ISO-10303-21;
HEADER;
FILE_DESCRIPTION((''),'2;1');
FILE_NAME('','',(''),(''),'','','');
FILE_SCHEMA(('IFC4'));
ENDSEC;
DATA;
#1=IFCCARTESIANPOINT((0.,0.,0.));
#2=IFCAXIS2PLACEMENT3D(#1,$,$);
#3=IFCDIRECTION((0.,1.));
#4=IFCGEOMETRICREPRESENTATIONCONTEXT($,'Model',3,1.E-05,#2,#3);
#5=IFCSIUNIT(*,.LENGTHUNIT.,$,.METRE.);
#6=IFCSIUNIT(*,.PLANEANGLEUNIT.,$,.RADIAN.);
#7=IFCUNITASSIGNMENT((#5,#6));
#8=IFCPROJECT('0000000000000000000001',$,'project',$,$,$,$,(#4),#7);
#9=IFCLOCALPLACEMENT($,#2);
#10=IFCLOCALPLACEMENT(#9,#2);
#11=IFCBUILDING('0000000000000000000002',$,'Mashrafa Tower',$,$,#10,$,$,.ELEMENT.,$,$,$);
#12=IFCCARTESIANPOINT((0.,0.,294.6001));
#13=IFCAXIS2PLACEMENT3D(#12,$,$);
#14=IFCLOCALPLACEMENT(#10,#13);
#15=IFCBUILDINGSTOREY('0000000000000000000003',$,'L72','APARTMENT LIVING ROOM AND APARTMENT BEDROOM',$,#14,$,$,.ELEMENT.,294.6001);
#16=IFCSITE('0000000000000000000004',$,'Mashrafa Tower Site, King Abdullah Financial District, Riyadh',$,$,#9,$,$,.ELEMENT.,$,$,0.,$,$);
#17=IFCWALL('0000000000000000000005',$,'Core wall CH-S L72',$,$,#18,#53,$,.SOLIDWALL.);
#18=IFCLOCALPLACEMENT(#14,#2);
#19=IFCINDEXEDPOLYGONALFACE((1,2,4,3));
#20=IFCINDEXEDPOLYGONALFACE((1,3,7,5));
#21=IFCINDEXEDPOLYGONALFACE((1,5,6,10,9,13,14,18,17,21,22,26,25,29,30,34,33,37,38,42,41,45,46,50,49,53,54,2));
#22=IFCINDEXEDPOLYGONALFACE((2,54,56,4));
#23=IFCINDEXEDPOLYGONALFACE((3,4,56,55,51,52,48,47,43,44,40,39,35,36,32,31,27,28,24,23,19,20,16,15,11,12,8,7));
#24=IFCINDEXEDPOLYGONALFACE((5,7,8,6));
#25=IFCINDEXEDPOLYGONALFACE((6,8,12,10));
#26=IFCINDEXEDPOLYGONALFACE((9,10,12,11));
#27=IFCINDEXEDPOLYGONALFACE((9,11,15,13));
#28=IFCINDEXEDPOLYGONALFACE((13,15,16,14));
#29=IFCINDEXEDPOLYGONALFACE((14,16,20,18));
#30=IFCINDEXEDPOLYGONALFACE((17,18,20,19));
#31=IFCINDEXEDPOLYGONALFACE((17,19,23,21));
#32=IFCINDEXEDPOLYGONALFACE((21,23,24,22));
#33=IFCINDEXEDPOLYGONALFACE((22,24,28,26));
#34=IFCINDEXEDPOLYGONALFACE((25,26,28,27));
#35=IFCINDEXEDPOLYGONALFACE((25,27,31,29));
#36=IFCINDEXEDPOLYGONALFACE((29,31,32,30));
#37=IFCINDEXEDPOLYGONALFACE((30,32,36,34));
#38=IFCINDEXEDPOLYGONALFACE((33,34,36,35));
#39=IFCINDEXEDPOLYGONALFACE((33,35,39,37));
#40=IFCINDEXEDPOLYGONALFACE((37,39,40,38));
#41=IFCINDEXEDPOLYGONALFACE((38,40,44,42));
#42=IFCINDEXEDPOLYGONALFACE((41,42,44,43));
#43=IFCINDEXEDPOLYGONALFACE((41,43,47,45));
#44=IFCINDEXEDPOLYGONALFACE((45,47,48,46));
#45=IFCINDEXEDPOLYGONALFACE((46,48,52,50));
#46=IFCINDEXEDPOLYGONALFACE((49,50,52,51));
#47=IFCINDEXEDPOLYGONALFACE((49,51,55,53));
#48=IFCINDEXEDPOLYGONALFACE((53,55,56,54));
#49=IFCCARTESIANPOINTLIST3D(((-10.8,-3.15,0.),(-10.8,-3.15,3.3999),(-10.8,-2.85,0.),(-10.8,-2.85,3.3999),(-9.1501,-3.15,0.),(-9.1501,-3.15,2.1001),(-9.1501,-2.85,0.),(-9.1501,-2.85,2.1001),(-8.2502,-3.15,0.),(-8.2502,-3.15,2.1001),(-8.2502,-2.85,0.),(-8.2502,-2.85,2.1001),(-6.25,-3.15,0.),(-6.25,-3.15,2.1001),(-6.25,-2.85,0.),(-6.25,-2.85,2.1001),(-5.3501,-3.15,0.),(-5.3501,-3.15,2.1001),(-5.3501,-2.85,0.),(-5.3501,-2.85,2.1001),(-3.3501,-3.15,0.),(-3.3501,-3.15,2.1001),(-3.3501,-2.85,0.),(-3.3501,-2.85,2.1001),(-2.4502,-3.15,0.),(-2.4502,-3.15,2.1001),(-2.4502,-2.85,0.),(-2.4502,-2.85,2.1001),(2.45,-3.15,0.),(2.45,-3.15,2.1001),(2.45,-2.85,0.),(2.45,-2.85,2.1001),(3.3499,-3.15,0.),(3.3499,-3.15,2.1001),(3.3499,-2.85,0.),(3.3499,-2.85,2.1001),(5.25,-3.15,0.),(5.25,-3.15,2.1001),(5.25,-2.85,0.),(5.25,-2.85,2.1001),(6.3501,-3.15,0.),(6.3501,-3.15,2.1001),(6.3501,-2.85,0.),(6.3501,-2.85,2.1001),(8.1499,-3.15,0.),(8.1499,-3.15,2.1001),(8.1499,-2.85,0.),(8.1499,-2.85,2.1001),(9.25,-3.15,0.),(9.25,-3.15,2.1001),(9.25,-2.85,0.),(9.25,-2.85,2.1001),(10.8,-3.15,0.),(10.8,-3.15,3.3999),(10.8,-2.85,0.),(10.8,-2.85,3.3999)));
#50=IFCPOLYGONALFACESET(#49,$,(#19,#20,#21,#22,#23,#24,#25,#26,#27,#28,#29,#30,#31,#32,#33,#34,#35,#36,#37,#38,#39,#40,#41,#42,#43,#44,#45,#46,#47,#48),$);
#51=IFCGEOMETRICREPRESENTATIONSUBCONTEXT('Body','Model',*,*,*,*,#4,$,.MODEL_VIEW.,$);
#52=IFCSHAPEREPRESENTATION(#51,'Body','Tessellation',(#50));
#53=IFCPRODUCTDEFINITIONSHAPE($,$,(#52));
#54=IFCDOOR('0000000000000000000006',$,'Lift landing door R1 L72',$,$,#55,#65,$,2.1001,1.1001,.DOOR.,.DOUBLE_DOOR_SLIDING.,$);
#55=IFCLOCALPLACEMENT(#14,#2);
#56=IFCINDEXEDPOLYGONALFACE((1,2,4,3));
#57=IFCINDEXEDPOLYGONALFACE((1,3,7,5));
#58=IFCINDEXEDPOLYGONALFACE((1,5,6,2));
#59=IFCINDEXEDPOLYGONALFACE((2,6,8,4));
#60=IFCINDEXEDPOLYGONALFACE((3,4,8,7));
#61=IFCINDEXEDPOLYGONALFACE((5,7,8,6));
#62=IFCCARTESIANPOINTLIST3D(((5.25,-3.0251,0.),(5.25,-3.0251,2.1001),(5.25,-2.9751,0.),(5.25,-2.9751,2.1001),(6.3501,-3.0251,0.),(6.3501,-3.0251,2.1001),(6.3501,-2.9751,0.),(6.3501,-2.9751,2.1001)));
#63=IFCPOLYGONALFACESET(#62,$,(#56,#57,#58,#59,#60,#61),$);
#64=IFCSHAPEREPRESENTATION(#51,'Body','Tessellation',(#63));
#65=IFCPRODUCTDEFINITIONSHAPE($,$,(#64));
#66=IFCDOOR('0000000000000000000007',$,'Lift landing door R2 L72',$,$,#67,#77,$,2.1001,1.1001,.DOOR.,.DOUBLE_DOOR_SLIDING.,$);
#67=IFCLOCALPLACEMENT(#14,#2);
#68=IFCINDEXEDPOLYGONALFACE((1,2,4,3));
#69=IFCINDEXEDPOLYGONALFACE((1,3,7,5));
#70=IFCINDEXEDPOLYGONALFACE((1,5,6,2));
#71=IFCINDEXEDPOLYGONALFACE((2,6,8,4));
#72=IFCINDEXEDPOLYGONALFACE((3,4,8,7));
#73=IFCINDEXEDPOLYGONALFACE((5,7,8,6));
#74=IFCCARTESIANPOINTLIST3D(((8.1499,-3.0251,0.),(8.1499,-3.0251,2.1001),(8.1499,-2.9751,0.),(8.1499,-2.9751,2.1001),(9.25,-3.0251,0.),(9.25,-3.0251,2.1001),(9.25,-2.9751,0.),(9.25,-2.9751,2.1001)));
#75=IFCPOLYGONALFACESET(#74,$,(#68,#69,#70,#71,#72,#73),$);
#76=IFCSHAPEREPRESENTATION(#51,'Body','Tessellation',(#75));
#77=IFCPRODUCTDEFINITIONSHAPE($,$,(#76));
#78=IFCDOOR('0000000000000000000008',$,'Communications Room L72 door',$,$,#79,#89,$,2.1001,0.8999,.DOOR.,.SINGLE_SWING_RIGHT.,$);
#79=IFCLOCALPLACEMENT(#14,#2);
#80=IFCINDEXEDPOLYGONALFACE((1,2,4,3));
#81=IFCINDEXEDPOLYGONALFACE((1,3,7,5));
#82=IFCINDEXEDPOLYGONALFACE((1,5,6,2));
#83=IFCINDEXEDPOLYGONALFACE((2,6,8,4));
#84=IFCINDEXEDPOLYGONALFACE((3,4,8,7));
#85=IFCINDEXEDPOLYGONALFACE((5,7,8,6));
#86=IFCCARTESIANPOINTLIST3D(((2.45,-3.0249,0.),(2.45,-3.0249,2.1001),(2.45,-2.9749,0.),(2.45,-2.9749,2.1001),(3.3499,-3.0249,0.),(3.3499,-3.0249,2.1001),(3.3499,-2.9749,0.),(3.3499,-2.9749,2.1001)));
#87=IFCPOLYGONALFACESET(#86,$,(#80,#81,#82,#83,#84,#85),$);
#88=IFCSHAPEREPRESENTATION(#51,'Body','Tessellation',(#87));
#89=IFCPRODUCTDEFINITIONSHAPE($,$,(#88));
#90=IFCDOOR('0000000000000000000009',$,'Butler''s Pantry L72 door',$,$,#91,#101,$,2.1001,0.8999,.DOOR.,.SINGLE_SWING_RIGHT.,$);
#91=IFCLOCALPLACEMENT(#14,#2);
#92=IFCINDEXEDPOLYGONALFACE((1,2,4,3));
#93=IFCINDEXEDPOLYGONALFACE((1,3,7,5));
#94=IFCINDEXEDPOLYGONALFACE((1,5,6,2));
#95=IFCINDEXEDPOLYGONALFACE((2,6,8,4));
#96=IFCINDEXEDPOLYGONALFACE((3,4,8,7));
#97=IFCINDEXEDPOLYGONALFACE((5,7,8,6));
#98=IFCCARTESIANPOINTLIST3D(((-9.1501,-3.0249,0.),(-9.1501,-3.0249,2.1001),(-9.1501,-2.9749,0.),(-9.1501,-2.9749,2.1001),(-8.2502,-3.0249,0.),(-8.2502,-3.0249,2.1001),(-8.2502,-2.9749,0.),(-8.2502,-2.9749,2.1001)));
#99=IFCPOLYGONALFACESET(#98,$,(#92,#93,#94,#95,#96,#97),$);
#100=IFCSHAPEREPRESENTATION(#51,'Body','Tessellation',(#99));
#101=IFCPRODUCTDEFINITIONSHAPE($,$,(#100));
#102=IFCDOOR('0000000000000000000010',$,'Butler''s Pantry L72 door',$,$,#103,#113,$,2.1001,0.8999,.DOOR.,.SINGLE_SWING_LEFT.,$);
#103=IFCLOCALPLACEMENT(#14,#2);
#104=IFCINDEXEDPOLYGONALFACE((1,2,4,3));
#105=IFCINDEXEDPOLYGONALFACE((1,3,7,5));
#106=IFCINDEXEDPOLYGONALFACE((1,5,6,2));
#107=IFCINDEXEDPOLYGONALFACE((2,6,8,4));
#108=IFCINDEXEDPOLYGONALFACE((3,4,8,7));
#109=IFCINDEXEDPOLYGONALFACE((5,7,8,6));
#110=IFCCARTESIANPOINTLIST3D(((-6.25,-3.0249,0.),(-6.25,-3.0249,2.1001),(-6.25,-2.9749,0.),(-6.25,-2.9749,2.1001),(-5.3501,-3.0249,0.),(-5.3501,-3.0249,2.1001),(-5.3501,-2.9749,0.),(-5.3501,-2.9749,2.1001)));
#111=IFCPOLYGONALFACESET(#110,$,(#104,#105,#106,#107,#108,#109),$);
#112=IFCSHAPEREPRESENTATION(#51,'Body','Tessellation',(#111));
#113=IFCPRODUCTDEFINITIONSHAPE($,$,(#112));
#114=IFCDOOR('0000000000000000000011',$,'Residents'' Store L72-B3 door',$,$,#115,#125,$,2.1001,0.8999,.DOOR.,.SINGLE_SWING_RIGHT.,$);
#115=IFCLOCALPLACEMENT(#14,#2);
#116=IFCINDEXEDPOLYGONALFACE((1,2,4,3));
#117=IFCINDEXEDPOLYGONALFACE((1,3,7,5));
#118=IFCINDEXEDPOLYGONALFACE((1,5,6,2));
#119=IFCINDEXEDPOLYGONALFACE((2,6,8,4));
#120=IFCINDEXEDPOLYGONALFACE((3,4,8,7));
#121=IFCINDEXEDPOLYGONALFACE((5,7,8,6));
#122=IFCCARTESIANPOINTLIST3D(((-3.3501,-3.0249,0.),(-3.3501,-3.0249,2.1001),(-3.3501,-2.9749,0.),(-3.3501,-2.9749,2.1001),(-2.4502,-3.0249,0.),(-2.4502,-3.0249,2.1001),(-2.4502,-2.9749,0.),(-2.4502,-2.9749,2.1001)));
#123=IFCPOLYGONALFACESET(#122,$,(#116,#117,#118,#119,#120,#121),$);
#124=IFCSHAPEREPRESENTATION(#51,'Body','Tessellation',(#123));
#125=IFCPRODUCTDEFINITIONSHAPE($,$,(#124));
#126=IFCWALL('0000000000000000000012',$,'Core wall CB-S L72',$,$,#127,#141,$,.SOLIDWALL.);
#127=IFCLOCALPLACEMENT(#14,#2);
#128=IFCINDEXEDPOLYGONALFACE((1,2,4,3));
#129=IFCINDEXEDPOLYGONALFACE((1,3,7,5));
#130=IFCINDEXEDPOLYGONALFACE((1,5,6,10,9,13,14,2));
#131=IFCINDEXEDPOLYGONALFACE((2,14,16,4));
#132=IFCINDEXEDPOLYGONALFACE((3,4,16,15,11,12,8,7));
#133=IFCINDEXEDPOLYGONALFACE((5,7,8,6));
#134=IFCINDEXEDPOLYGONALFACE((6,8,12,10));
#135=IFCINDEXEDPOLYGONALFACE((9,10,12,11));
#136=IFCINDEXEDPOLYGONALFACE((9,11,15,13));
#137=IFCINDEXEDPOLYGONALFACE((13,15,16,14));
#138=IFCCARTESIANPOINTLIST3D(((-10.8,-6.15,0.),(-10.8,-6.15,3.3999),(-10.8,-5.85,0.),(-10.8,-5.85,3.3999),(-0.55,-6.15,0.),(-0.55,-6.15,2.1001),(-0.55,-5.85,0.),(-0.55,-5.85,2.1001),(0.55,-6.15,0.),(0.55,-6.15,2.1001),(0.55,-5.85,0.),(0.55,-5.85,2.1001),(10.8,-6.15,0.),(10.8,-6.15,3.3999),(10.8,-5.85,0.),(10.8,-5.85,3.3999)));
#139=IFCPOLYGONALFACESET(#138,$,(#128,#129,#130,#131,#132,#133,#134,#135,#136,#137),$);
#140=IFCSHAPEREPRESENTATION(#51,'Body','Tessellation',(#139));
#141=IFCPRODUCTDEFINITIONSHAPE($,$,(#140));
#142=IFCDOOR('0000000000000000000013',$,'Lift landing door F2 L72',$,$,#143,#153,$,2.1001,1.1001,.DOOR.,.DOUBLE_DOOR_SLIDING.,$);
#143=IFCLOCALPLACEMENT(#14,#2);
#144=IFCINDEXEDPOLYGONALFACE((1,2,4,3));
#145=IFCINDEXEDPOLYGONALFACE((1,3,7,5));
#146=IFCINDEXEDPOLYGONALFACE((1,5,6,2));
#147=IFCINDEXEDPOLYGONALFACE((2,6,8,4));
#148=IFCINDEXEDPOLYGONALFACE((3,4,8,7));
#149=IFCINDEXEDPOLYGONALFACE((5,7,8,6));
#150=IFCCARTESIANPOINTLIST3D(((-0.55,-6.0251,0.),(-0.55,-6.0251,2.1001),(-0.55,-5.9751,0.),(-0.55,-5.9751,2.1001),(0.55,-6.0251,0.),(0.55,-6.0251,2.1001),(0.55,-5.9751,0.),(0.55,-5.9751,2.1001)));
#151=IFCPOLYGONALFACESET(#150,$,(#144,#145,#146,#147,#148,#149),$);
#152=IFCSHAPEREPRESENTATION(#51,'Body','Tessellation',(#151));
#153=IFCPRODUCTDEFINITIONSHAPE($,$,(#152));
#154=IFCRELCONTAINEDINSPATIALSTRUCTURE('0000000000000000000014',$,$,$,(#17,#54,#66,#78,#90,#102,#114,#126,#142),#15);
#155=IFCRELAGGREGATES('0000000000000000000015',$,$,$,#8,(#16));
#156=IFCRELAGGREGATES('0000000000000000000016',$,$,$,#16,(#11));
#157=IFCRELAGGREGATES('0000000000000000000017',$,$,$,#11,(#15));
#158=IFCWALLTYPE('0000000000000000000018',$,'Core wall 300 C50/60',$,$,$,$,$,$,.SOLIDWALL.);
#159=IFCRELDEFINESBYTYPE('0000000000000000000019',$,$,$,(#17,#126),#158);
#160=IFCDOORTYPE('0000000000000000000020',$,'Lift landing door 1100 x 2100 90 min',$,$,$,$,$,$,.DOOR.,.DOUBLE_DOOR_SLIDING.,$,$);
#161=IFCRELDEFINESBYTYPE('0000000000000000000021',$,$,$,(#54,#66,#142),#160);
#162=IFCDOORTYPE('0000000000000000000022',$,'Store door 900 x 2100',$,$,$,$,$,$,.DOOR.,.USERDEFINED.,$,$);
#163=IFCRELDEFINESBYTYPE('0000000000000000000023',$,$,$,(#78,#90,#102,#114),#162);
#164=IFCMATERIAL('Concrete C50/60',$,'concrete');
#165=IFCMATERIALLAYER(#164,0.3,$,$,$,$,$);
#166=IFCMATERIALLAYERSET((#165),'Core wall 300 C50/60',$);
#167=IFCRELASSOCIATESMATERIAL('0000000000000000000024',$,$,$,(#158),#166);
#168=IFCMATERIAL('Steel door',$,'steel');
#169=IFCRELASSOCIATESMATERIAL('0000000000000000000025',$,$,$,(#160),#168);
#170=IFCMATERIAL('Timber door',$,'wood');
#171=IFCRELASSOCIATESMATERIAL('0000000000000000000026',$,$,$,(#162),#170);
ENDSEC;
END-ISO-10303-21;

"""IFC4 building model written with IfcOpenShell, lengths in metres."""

from ifc_helpers import new_model, si_unit, direction, frame, frame_2d, origin, place, context, subcontext, project, spatial, rectangle, extrude, material, layer, layer_set, type_object, element, fill, save


model = new_model("IFC4")

# Units and contexts
model_context = context("Model", 3, precision=1e-05, world=origin(), true_north=direction((0.0, 1.0)))
body_context = subcontext(model_context, "Body", "Model", "MODEL_VIEW")
ifc_project = project(units=[si_unit("LENGTHUNIT", "METRE"), si_unit("PLANEANGLEUNIT", "RADIAN")], contexts=[model_context])

# Site, building, storey
site_placement = place(None, origin())
site = spatial("IfcSite", under=ifc_project, at=site_placement, Name="Mashrafa Tower Site, King Abdullah Financial District, Riyadh", CompositionType="ELEMENT", RefElevation=0.0)
building_placement = place(site_placement, origin())
building = spatial("IfcBuilding", under=site, at=building_placement, Name="Mashrafa Tower", CompositionType="ELEMENT")
storey_placement = place(building_placement, frame((0.0, 0.0, 294.6001)))
storey = spatial("IfcBuildingStorey", under=building, at=storey_placement, Name="L72", Description="APARTMENT LIVING ROOM AND APARTMENT BEDROOM", CompositionType="ELEMENT", Elevation=294.6001)

# Wall, openings, doors
ifc_material_1 = material(Name="Concrete C50/60", Category="concrete")
ifc_layer_1 = layer(ifc_material_1, 0.3)
ifc_layer_set_1 = layer_set([ifc_layer_1], Name="Core wall 300 C50/60")
wall_type_1 = type_object("IfcWallType", Name="Core wall 300 C50/60", PredefinedType="SOLIDWALL", material=ifc_layer_set_1)
wall_1_placement = place(storey_placement, frame((-10.8, -3.0, 0.0), z_axis=(0.0, 0.0, 1.0), x_axis=(1.0, 0.0, 0.0)))
wall_1 = element("IfcWall", 1, at=wall_1_placement, inside=storey, type_object=wall_type_1, Name="Core wall CH-S L72", PredefinedType="SOLIDWALL", context=body_context, shape_type="SweptSolid", body=[
    extrude(rectangle(XDim=21.6001, YDim=0.3, at=frame_2d((10.8, 0.0))), origin(), (0.0, 0.0, 1.0), 3.3999),
])
opening_1_placement = place(wall_1_placement, frame((13.25, 0.0, 0.0)))
opening_1 = element("IfcOpeningElement", 2, at=opening_1_placement, cuts=wall_1, PredefinedType="OPENING", context=body_context, shape_type="SweptSolid", body=[
    extrude(rectangle(XDim=0.8999, YDim=2.1001, at=frame_2d((0.45, 1.05))), frame((0.0, 0.1599, 0.0), z_axis=(0.0, -1.0, 0.0), x_axis=(1.0, 0.0, 0.0)), (0.0, 0.0, 1.0), 0.3201),
])
opening_2_placement = place(wall_1_placement, frame((1.6499, 0.0, 0.0)))
opening_2 = element("IfcOpeningElement", 3, at=opening_2_placement, cuts=wall_1, PredefinedType="OPENING", context=body_context, shape_type="SweptSolid", body=[
    extrude(rectangle(XDim=0.8999, YDim=2.1001, at=frame_2d((0.45, 1.05))), frame((0.0, 0.1599, 0.0), z_axis=(0.0, -1.0, 0.0), x_axis=(1.0, 0.0, 0.0)), (0.0, 0.0, 1.0), 0.3201),
])
opening_3_placement = place(wall_1_placement, frame((4.55, 0.0, 0.0)))
opening_3 = element("IfcOpeningElement", 4, at=opening_3_placement, cuts=wall_1, PredefinedType="OPENING", context=body_context, shape_type="SweptSolid", body=[
    extrude(rectangle(XDim=0.8999, YDim=2.1001, at=frame_2d((0.45, 1.05))), frame((0.0, 0.1599, 0.0), z_axis=(0.0, -1.0, 0.0), x_axis=(1.0, 0.0, 0.0)), (0.0, 0.0, 1.0), 0.3201),
])
opening_4_placement = place(wall_1_placement, frame((7.45, 0.0, 0.0)))
opening_4 = element("IfcOpeningElement", 5, at=opening_4_placement, cuts=wall_1, PredefinedType="OPENING", context=body_context, shape_type="SweptSolid", body=[
    extrude(rectangle(XDim=0.8999, YDim=2.1001, at=frame_2d((0.45, 1.05))), frame((0.0, 0.1599, 0.0), z_axis=(0.0, -1.0, 0.0), x_axis=(1.0, 0.0, 0.0)), (0.0, 0.0, 1.0), 0.3201),
])
opening_5_placement = place(wall_1_placement, frame((16.05, 0.0, 0.0)))
opening_5 = element("IfcOpeningElement", 6, at=opening_5_placement, cuts=wall_1, PredefinedType="OPENING", context=body_context, shape_type="SweptSolid", body=[
    extrude(rectangle(XDim=1.1001, YDim=2.1001, at=frame_2d((0.55, 1.05))), frame((0.0, 0.1599, 0.0), z_axis=(0.0, -1.0, 0.0), x_axis=(1.0, 0.0, 0.0)), (0.0, 0.0, 1.0), 0.3201),
])
opening_6_placement = place(wall_1_placement, frame((18.95, 0.0, 0.0)))
opening_6 = element("IfcOpeningElement", 7, at=opening_6_placement, cuts=wall_1, PredefinedType="OPENING", context=body_context, shape_type="SweptSolid", body=[
    extrude(rectangle(XDim=1.1001, YDim=2.1001, at=frame_2d((0.55, 1.05))), frame((0.0, 0.1599, 0.0), z_axis=(0.0, -1.0, 0.0), x_axis=(1.0, 0.0, 0.0)), (0.0, 0.0, 1.0), 0.3201),
])
ifc_material_2 = material(Name="Steel door", Category="steel")
door_type_1 = type_object("IfcDoorType", Name="Lift landing door 1100 x 2100 90 min", OperationType="DOUBLE_DOOR_SLIDING", PredefinedType="DOOR", material=ifc_material_2)
door_1_placement = place(opening_5_placement, origin())
door_1 = element("IfcDoor", 8, at=door_1_placement, inside=storey, type_object=door_type_1, Name="Lift landing door R1 L72", OperationType="DOUBLE_DOOR_SLIDING", OverallHeight=2.1001, OverallWidth=1.1001, PredefinedType="DOOR", context=body_context, shape_type="SweptSolid", body=[
    extrude(rectangle(XDim=1.1001, YDim=2.1001, at=frame_2d((0.55, 1.05))), frame((0.0, 0.0249, 0.0), z_axis=(0.0, -1.0, 0.0), x_axis=(1.0, 0.0, 0.0)), (0.0, 0.0, 1.0), 0.05),
])
fill(opening_5, door_1)
door_2_placement = place(opening_6_placement, origin())
door_2 = element("IfcDoor", 9, at=door_2_placement, inside=storey, type_object=door_type_1, Name="Lift landing door R2 L72", OperationType="DOUBLE_DOOR_SLIDING", OverallHeight=2.1001, OverallWidth=1.1001, PredefinedType="DOOR", context=body_context, shape_type="SweptSolid", body=[
    extrude(rectangle(XDim=1.1001, YDim=2.1001, at=frame_2d((0.55, 1.05))), frame((0.0, 0.0249, 0.0), z_axis=(0.0, -1.0, 0.0), x_axis=(1.0, 0.0, 0.0)), (0.0, 0.0, 1.0), 0.05),
])
fill(opening_6, door_2)
ifc_material_3 = material(Name="Timber door", Category="wood")
door_type_2 = type_object("IfcDoorType", Name="Store door 900 x 2100", OperationType="USERDEFINED", PredefinedType="DOOR", material=ifc_material_3)
door_3_placement = place(opening_1_placement, frame((0.8999, 0.0, 0.0), z_axis=(0.0, 0.0, 1.0), x_axis=(-1.0, 0.0, 0.0)))
door_3 = element("IfcDoor", 10, at=door_3_placement, inside=storey, type_object=door_type_2, Name="Communications Room L72 door", OperationType="SINGLE_SWING_RIGHT", OverallHeight=2.1001, OverallWidth=0.8999, PredefinedType="DOOR", context=body_context, shape_type="SweptSolid", body=[
    extrude(rectangle(XDim=0.8999, YDim=2.1001, at=frame_2d((0.45, 1.05))), frame((0.0, 0.0249, 0.0), z_axis=(0.0, -1.0, 0.0), x_axis=(1.0, 0.0, 0.0)), (0.0, 0.0, 1.0), 0.05),
])
fill(opening_1, door_3)
door_4_placement = place(opening_2_placement, frame((0.8999, 0.0, 0.0), z_axis=(0.0, 0.0, 1.0), x_axis=(-1.0, 0.0, 0.0)))
door_4 = element("IfcDoor", 11, at=door_4_placement, inside=storey, type_object=door_type_2, Name="Butler's Pantry L72 door", OperationType="SINGLE_SWING_RIGHT", OverallHeight=2.1001, OverallWidth=0.8999, PredefinedType="DOOR", context=body_context, shape_type="SweptSolid", body=[
    extrude(rectangle(XDim=0.8999, YDim=2.1001, at=frame_2d((0.45, 1.05))), frame((0.0, 0.0249, 0.0), z_axis=(0.0, -1.0, 0.0), x_axis=(1.0, 0.0, 0.0)), (0.0, 0.0, 1.0), 0.05),
])
fill(opening_2, door_4)
door_5_placement = place(opening_3_placement, frame((0.8999, 0.0, 0.0), z_axis=(0.0, 0.0, 1.0), x_axis=(-1.0, 0.0, 0.0)))
door_5 = element("IfcDoor", 12, at=door_5_placement, inside=storey, type_object=door_type_2, Name="Butler's Pantry L72 door", OperationType="SINGLE_SWING_LEFT", OverallHeight=2.1001, OverallWidth=0.8999, PredefinedType="DOOR", context=body_context, shape_type="SweptSolid", body=[
    extrude(rectangle(XDim=0.8999, YDim=2.1001, at=frame_2d((0.45, 1.05))), frame((0.0, 0.0249, 0.0), z_axis=(0.0, -1.0, 0.0), x_axis=(1.0, 0.0, 0.0)), (0.0, 0.0, 1.0), 0.05),
])
fill(opening_3, door_5)
door_6_placement = place(opening_4_placement, frame((0.8999, 0.0, 0.0), z_axis=(0.0, 0.0, 1.0), x_axis=(-1.0, 0.0, 0.0)))
door_6 = element("IfcDoor", 13, at=door_6_placement, inside=storey, type_object=door_type_2, Name="Residents' Store L72-B3 door", OperationType="SINGLE_SWING_RIGHT", OverallHeight=2.1001, OverallWidth=0.8999, PredefinedType="DOOR", context=body_context, shape_type="SweptSolid", body=[
    extrude(rectangle(XDim=0.8999, YDim=2.1001, at=frame_2d((0.45, 1.05))), frame((0.0, 0.0249, 0.0), z_axis=(0.0, -1.0, 0.0), x_axis=(1.0, 0.0, 0.0)), (0.0, 0.0, 1.0), 0.05),
])
fill(opening_4, door_6)

# Wall, opening, door
wall_2_placement = place(storey_placement, frame((-10.8, -6.0, 0.0), z_axis=(0.0, 0.0, 1.0), x_axis=(1.0, 0.0, 0.0)))
wall_2 = element("IfcWall", 14, at=wall_2_placement, inside=storey, type_object=wall_type_1, Name="Core wall CB-S L72", PredefinedType="SOLIDWALL", context=body_context, shape_type="SweptSolid", body=[
    extrude(rectangle(XDim=21.6001, YDim=0.3, at=frame_2d((10.8, 0.0))), origin(), (0.0, 0.0, 1.0), 3.3999),
])
opening_7_placement = place(wall_2_placement, frame((10.25, 0.0, 0.0)))
opening_7 = element("IfcOpeningElement", 15, at=opening_7_placement, cuts=wall_2, PredefinedType="OPENING", context=body_context, shape_type="SweptSolid", body=[
    extrude(rectangle(XDim=1.1001, YDim=2.1001, at=frame_2d((0.55, 1.05))), frame((0.0, 0.1599, 0.0), z_axis=(0.0, -1.0, 0.0), x_axis=(1.0, 0.0, 0.0)), (0.0, 0.0, 1.0), 0.3201),
])
door_7_placement = place(opening_7_placement, origin())
door_7 = element("IfcDoor", 16, at=door_7_placement, inside=storey, type_object=door_type_1, Name="Lift landing door F2 L72", OperationType="DOUBLE_DOOR_SLIDING", OverallHeight=2.1001, OverallWidth=1.1001, PredefinedType="DOOR", context=body_context, shape_type="SweptSolid", body=[
    extrude(rectangle(XDim=1.1001, YDim=2.1001, at=frame_2d((0.55, 1.05))), frame((0.0, 0.0249, 0.0), z_axis=(0.0, -1.0, 0.0), x_axis=(1.0, 0.0, 0.0)), (0.0, 0.0, 1.0), 0.05),
])
fill(opening_7, door_7)

save(model, "model.ifc")
